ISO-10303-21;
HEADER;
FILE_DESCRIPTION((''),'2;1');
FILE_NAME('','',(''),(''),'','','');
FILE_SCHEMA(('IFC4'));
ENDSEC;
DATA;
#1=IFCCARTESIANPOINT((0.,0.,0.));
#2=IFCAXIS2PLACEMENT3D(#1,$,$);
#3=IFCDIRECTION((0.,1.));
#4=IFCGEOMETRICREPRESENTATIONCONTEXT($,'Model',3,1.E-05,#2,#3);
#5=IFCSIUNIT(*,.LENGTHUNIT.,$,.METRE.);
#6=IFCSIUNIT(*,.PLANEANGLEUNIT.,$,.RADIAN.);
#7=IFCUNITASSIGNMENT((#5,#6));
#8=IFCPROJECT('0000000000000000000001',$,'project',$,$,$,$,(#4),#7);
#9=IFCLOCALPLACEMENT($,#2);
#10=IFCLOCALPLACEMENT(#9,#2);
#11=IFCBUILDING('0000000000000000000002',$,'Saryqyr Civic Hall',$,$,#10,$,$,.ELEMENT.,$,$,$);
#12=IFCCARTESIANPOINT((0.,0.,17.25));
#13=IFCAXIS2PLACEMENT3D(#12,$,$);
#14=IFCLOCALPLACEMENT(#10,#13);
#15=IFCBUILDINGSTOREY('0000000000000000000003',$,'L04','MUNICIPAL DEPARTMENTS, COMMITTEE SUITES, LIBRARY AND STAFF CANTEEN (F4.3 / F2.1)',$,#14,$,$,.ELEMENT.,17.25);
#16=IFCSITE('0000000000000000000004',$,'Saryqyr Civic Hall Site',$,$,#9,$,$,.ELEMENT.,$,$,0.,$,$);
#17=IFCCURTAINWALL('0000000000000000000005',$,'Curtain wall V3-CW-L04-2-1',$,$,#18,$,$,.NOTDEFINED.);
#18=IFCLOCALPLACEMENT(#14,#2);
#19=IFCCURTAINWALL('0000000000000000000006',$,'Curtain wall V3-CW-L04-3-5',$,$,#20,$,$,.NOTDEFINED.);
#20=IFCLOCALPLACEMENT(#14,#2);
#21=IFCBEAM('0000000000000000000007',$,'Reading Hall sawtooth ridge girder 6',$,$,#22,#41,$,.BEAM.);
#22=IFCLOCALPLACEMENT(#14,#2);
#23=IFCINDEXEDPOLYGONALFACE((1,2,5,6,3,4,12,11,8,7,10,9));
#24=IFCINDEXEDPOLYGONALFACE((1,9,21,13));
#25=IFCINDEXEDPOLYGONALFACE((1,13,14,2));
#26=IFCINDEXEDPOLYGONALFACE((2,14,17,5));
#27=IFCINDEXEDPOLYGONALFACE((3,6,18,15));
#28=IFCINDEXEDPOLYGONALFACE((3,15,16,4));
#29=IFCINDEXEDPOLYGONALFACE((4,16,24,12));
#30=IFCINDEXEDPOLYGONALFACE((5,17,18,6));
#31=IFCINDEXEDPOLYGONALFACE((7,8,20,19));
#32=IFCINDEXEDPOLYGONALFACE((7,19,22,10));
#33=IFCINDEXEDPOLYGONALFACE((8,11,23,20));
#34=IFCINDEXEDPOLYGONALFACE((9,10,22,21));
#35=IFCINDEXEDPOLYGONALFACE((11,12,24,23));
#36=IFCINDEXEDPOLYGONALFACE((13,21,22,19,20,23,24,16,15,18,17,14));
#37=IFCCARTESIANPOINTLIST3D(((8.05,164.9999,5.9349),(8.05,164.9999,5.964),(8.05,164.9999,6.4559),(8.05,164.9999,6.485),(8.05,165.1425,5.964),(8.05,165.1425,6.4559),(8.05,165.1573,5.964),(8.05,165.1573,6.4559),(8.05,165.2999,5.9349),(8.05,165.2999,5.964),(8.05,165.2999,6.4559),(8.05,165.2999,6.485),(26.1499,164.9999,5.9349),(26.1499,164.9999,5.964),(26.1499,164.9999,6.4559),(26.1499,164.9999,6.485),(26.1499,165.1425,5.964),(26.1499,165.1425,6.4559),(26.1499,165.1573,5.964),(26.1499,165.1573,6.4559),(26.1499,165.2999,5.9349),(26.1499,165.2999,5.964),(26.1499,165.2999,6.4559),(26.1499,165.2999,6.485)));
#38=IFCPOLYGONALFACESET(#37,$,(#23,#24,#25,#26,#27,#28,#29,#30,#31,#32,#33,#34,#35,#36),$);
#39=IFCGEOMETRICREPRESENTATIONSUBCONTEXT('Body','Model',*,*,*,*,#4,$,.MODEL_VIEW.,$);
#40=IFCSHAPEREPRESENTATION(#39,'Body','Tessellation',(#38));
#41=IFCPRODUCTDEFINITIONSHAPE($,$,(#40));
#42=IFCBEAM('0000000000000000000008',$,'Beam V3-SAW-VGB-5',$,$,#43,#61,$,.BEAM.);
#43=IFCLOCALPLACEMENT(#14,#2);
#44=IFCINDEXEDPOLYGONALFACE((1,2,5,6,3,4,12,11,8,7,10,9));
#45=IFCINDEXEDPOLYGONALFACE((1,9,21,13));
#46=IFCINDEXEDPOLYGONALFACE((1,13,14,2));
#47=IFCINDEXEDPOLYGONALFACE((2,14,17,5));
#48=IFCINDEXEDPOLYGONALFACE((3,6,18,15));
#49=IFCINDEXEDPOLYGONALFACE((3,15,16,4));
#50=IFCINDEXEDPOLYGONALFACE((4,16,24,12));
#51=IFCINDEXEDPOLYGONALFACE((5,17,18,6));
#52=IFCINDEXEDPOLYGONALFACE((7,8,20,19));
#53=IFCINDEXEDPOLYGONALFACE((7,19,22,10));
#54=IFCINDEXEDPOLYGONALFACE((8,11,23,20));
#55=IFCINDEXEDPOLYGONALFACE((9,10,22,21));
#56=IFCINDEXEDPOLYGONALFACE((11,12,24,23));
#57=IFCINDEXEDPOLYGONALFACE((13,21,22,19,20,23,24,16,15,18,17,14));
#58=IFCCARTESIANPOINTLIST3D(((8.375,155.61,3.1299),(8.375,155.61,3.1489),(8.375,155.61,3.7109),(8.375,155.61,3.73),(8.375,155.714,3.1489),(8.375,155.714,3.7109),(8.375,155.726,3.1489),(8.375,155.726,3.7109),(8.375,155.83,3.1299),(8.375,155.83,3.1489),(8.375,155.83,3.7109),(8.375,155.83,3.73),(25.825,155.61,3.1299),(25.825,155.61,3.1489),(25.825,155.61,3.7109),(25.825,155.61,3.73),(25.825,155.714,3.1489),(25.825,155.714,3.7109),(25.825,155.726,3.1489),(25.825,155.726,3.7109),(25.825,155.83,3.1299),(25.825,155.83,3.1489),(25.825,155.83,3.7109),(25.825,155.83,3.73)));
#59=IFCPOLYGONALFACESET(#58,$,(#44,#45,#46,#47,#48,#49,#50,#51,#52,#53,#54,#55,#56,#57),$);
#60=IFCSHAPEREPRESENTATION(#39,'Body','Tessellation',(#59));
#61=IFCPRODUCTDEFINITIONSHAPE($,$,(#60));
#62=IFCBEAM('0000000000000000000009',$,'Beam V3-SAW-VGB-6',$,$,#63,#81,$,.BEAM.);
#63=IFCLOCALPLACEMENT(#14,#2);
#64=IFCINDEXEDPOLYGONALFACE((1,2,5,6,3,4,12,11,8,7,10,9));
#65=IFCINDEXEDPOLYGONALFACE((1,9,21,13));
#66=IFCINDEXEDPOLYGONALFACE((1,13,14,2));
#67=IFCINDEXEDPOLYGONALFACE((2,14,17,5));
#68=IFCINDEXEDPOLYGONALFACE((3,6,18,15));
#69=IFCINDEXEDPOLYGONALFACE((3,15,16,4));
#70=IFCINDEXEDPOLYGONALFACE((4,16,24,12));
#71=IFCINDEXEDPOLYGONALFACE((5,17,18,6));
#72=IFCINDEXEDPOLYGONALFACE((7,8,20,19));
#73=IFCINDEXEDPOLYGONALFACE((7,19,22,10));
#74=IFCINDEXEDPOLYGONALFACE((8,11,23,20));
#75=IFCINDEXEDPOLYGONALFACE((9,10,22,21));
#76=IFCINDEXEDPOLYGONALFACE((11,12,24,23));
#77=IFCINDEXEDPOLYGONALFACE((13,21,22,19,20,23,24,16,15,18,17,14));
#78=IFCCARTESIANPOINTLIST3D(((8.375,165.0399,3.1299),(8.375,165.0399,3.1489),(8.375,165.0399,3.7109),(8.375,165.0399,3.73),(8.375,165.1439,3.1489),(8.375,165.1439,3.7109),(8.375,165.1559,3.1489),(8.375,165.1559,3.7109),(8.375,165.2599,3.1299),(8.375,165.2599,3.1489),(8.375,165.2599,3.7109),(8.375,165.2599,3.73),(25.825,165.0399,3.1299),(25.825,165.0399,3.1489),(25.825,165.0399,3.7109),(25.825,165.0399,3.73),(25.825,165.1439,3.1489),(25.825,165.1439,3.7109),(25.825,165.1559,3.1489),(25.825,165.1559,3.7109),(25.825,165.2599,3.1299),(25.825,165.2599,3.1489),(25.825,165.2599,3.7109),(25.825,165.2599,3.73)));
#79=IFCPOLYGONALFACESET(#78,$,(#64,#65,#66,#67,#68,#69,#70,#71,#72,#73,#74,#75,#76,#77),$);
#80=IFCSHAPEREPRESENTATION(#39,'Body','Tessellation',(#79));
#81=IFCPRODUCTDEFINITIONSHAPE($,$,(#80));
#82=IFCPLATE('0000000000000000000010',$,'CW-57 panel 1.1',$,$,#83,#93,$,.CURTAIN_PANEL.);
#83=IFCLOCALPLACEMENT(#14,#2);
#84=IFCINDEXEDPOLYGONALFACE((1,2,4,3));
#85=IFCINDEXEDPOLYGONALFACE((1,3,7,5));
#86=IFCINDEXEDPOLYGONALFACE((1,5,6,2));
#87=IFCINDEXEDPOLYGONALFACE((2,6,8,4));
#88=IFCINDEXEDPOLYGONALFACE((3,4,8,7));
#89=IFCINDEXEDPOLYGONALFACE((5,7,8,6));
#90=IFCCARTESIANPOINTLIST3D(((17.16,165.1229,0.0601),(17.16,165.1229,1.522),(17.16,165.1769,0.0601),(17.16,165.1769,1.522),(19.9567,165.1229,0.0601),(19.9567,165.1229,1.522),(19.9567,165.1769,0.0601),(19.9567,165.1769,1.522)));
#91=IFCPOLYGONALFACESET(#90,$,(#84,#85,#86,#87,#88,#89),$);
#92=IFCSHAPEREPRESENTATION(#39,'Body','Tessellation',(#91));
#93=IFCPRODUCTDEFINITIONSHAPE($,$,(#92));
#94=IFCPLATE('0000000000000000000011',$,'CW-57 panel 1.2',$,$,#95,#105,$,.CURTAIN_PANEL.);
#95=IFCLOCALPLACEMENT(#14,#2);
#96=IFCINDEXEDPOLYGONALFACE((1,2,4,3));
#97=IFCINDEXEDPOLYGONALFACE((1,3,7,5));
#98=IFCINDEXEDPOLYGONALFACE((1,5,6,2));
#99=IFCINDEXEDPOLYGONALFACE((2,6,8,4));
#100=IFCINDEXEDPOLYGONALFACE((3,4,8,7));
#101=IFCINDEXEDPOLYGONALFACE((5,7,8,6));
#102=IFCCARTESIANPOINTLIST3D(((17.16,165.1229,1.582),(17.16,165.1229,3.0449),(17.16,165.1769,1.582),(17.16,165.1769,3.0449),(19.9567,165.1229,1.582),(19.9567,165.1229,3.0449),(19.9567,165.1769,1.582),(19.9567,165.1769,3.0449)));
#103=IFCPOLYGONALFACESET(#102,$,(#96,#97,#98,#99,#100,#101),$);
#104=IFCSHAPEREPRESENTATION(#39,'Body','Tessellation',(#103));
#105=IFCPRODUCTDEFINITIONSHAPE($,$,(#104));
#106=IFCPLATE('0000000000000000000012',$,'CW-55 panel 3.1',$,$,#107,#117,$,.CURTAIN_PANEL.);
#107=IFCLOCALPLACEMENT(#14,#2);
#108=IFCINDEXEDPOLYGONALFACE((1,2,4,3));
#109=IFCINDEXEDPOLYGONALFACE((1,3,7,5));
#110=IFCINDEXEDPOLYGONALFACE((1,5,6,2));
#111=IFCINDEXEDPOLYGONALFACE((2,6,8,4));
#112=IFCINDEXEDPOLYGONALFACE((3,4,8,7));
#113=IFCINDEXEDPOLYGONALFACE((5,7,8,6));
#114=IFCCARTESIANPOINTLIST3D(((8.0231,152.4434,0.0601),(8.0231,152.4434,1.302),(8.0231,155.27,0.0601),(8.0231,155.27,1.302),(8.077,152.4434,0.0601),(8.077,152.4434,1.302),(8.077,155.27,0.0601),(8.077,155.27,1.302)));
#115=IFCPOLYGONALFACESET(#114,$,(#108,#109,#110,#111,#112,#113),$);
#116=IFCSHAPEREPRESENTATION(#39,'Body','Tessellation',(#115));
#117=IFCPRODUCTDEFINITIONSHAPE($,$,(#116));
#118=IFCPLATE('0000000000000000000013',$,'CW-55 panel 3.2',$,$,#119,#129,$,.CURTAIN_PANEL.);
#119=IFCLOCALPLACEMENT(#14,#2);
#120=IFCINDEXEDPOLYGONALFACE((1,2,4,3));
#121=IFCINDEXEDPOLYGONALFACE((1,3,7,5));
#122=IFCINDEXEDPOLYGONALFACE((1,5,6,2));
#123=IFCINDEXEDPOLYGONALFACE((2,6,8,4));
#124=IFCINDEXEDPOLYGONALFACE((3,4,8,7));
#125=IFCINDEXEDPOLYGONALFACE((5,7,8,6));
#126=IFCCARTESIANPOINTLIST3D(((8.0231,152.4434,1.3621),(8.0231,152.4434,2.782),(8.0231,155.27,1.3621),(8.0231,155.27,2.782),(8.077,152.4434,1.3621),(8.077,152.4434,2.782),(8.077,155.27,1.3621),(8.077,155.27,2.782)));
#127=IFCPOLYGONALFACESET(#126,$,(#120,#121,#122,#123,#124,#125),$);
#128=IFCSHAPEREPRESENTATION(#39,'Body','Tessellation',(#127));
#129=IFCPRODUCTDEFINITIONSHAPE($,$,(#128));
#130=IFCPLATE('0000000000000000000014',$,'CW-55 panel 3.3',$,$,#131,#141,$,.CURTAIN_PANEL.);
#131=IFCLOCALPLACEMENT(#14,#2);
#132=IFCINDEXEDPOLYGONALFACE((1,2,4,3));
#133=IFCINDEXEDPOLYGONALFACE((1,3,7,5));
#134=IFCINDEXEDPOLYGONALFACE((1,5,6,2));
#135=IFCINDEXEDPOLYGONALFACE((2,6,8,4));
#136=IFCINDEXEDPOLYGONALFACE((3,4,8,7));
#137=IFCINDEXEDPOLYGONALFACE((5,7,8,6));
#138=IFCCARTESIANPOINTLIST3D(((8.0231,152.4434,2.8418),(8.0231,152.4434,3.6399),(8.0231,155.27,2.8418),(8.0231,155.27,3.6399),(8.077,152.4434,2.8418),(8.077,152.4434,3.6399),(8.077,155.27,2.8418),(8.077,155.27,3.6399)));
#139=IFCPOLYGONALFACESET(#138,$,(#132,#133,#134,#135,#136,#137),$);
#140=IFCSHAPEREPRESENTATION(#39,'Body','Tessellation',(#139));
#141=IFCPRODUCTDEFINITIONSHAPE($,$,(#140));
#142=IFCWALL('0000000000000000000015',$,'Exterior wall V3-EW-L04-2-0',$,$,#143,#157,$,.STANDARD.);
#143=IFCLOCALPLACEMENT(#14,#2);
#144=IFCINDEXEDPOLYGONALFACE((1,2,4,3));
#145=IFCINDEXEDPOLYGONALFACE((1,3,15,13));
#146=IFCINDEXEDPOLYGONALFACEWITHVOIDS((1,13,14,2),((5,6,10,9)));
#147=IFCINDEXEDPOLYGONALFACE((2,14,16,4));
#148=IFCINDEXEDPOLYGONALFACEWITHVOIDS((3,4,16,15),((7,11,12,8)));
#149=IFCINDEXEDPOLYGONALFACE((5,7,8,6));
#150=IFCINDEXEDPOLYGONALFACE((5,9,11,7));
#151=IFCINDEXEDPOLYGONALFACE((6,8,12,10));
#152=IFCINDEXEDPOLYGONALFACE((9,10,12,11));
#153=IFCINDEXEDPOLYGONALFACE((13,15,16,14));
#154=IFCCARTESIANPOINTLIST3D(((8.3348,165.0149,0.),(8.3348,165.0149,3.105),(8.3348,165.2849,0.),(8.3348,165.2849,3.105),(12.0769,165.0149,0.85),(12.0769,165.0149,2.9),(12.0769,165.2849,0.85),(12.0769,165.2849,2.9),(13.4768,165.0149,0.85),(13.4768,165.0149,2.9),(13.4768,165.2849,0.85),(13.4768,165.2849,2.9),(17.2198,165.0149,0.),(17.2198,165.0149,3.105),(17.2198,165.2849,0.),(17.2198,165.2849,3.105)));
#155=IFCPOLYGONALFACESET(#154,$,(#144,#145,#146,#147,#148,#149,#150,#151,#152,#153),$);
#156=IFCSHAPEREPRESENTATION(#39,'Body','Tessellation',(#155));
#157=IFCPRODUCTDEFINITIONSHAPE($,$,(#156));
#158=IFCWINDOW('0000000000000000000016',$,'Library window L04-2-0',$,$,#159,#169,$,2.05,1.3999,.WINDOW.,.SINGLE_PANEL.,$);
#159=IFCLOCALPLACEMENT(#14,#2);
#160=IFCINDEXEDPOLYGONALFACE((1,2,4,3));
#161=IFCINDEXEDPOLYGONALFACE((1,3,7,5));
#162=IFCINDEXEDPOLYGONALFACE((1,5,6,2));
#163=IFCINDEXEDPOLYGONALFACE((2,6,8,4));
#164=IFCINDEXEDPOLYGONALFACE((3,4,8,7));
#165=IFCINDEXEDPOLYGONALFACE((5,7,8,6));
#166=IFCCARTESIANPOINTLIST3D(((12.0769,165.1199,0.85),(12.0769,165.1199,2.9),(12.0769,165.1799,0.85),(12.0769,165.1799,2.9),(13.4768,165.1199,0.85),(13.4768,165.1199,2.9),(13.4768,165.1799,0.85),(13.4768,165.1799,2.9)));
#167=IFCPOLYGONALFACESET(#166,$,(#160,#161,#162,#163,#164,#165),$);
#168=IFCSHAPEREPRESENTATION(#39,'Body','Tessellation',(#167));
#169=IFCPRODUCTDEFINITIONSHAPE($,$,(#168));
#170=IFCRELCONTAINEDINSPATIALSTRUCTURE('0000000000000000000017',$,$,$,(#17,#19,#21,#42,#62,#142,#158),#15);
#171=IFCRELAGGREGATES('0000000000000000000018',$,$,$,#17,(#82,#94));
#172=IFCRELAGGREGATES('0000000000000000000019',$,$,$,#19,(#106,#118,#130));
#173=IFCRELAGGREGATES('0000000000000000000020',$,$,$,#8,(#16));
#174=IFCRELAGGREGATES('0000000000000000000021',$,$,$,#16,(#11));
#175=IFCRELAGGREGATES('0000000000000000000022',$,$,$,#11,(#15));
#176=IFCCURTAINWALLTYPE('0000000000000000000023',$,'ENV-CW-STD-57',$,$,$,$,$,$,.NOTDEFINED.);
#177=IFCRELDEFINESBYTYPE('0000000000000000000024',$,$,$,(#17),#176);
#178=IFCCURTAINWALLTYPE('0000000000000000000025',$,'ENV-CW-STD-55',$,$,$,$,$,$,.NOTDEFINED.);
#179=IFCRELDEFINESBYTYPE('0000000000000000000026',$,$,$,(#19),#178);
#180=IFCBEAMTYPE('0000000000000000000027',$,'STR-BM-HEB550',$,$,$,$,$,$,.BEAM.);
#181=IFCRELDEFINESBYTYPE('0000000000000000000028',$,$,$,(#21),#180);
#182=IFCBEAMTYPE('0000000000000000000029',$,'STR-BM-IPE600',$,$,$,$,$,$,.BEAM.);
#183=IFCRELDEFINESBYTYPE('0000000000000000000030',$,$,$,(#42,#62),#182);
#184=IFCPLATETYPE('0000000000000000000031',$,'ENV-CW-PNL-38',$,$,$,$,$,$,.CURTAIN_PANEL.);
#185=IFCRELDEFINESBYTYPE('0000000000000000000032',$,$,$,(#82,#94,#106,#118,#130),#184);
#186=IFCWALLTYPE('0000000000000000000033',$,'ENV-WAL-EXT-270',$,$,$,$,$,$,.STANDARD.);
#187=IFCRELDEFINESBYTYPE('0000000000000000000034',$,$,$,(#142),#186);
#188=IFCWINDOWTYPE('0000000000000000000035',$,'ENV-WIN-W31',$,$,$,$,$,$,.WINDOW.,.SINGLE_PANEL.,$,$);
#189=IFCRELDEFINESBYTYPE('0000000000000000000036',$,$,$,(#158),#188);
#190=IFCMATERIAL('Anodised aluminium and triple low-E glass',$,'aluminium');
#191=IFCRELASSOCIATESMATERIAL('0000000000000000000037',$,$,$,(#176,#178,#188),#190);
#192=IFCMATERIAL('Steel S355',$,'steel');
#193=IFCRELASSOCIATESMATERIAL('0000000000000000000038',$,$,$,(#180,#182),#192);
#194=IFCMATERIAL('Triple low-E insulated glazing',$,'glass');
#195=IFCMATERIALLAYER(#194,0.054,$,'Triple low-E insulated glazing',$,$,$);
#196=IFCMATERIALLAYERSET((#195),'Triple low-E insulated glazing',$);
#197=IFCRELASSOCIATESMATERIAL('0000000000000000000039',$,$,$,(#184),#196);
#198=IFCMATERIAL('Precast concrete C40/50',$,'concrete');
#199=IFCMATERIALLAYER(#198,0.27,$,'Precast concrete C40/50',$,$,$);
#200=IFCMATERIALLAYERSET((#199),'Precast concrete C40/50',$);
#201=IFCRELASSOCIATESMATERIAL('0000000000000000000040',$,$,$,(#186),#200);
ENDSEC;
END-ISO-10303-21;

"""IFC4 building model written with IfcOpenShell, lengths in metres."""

from ifc_helpers import new_model, si_unit, direction, frame, frame_2d, origin, origin_2d, place, context, subcontext, project, spatial, rectangle, i_section, extrude, material, layer, layer_set, material_profile, profile_set, type_object, element, fill, aggregate, save


model = new_model("IFC4")

# Units and contexts
model_context = context("Model", 3, precision=1e-05, world=origin(), true_north=direction((0.0, 1.0)))
body_context = subcontext(model_context, "Body", "Model", "MODEL_VIEW")
ifc_project = project(units=[si_unit("LENGTHUNIT", "METRE"), si_unit("PLANEANGLEUNIT", "RADIAN")], contexts=[model_context])

# Site, building, storey
site_placement = place(None, origin())
site = spatial("IfcSite", under=ifc_project, at=site_placement, Name="Saryqyr Civic Hall Site", CompositionType="ELEMENT", RefElevation=0.0)
building_placement = place(site_placement, origin())
building = spatial("IfcBuilding", under=site, at=building_placement, Name="Saryqyr Civic Hall", CompositionType="ELEMENT")
storey_placement = place(building_placement, frame((0.0, 0.0, 17.25)))
storey = spatial("IfcBuildingStorey", under=building, at=storey_placement, Name="L04", Description="MUNICIPAL DEPARTMENTS, COMMITTEE SUITES, LIBRARY AND STAFF CANTEEN (F4.3 / F2.1)", CompositionType="ELEMENT", Elevation=17.25)

# Curtain wall
ifc_material_1 = material(Name="Anodised aluminium and triple low-E glass", Category="aluminium")
curtain_wall_type_1 = type_object("IfcCurtainWallType", Name="ENV-CW-STD-57", PredefinedType="NOTDEFINED", material=ifc_material_1)
curtain_wall_1_placement = place(storey_placement, origin())
curtain_wall_1 = element("IfcCurtainWall", 1, at=curtain_wall_1_placement, inside=storey, type_object=curtain_wall_type_1, Name="Curtain wall V3-CW-L04-2-1", PredefinedType="NOTDEFINED")

# Curtain wall
curtain_wall_type_2 = type_object("IfcCurtainWallType", Name="ENV-CW-STD-55", PredefinedType="NOTDEFINED", material=ifc_material_1)
curtain_wall_2_placement = place(storey_placement, origin())
curtain_wall_2 = element("IfcCurtainWall", 2, at=curtain_wall_2_placement, inside=storey, type_object=curtain_wall_type_2, Name="Curtain wall V3-CW-L04-3-5", PredefinedType="NOTDEFINED")

# Beams
ifc_material_2 = material(Name="Steel S355", Category="steel")
ifc_material_profile_1 = material_profile(ifc_material_2, i_section(OverallWidth=0.3, OverallDepth=0.55, WebThickness=0.0149, FlangeThickness=0.0291, at=origin_2d()), Name="HEB 550")
ifc_profile_set_1 = profile_set([ifc_material_profile_1], Name="Steel S355")
beam_type_1 = type_object("IfcBeamType", Name="STR-BM-HEB550", PredefinedType="BEAM", material=ifc_profile_set_1)
for number, where, z_axis, x_axis, name in (
    (3, (8.05, 165.1499, 6.21), (1.0, 0.0, 0.0), (0.0, 1.0, 0.0), "Reading Hall sawtooth ridge girder 6"),
):
    element("IfcBeam", number, at=place(storey_placement, frame(where, z_axis=z_axis, x_axis=x_axis)), inside=storey, type_object=beam_type_1, Name=name, PredefinedType="BEAM", context=body_context, shape_type="SweptSolid", body=[
        extrude(i_section(OverallWidth=0.3, OverallDepth=0.55, WebThickness=0.0149, FlangeThickness=0.0291, at=origin_2d()), origin(), (0.0, 0.0, 1.0), 18.0999),
    ])
ifc_material_profile_2 = material_profile(ifc_material_2, i_section(OverallWidth=0.22, OverallDepth=0.6001, WebThickness=0.012, FlangeThickness=0.019, at=origin_2d()), Name="IPE 600")
ifc_profile_set_2 = profile_set([ifc_material_profile_2], Name="Steel S355")
beam_type_2 = type_object("IfcBeamType", Name="STR-BM-IPE600", PredefinedType="BEAM", material=ifc_profile_set_2)
for number, where, z_axis, x_axis, name in (
    (4, (8.375, 155.72, 3.4299), (1.0, 0.0, 0.0), (0.0, 1.0, 0.0), "Beam V3-SAW-VGB-5"),
    (5, (8.375, 165.1499, 3.4299), (1.0, 0.0, 0.0), (0.0, 1.0, 0.0), "Beam V3-SAW-VGB-6"),
):
    element("IfcBeam", number, at=place(storey_placement, frame(where, z_axis=z_axis, x_axis=x_axis)), inside=storey, type_object=beam_type_2, Name=name, PredefinedType="BEAM", context=body_context, shape_type="SweptSolid", body=[
        extrude(i_section(OverallWidth=0.22, OverallDepth=0.6001, WebThickness=0.012, FlangeThickness=0.019, at=origin_2d()), origin(), (0.0, 0.0, 1.0), 17.45),
    ])

# Plates
ifc_material_3 = material(Name="Triple low-E insulated glazing", Category="glass")
ifc_layer_1 = layer(ifc_material_3, 0.054, Name="Triple low-E insulated glazing")
ifc_layer_set_1 = layer_set([ifc_layer_1], Name="Triple low-E insulated glazing")
plate_type = type_object("IfcPlateType", Name="ENV-CW-PNL-38", PredefinedType="CURTAIN_PANEL", material=ifc_layer_set_1)
plate_1_placement = place(storey_placement, frame((18.5583, 165.1499, 0.0601), z_axis=(0.0, 0.0, 1.0), x_axis=(1.0, 0.0, 0.0)))
plate_1 = element("IfcPlate", 6, at=plate_1_placement, type_object=plate_type, Name="CW-57 panel 1.1", PredefinedType="CURTAIN_PANEL", context=body_context, shape_type="SweptSolid", body=[
    extrude(rectangle(XDim=2.7966, YDim=0.054, at=origin_2d()), origin(), (0.0, 0.0, 1.0), 1.4619),
])
plate_2_placement = place(storey_placement, frame((18.5583, 165.1499, 1.582), z_axis=(0.0, 0.0, 1.0), x_axis=(1.0, 0.0, 0.0)))
plate_2 = element("IfcPlate", 7, at=plate_2_placement, type_object=plate_type, Name="CW-57 panel 1.2", PredefinedType="CURTAIN_PANEL", context=body_context, shape_type="SweptSolid", body=[
    extrude(rectangle(XDim=2.7966, YDim=0.054, at=origin_2d()), origin(), (0.0, 0.0, 1.0), 1.4629),
])
aggregate(curtain_wall_1, [plate_1, plate_2])
plate_3_placement = place(storey_placement, frame((8.05, 153.8567, 0.0601), z_axis=(0.0, 0.0, 1.0), x_axis=(0.0, 1.0, 0.0)))
plate_3 = element("IfcPlate", 8, at=plate_3_placement, type_object=plate_type, Name="CW-55 panel 3.1", PredefinedType="CURTAIN_PANEL", context=body_context, shape_type="SweptSolid", body=[
    extrude(rectangle(XDim=2.8267, YDim=0.054, at=origin_2d()), origin(), (0.0, 0.0, 1.0), 1.2419),
])
plate_4_placement = place(storey_placement, frame((8.05, 153.8567, 1.3621), z_axis=(0.0, 0.0, 1.0), x_axis=(0.0, 1.0, 0.0)))
plate_4 = element("IfcPlate", 9, at=plate_4_placement, type_object=plate_type, Name="CW-55 panel 3.2", PredefinedType="CURTAIN_PANEL", context=body_context, shape_type="SweptSolid", body=[
    extrude(rectangle(XDim=2.8267, YDim=0.054, at=origin_2d()), origin(), (0.0, 0.0, 1.0), 1.4199),
])
plate_5_placement = place(storey_placement, frame((8.05, 153.8567, 2.8418), z_axis=(0.0, 0.0, 1.0), x_axis=(0.0, 1.0, 0.0)))
plate_5 = element("IfcPlate", 10, at=plate_5_placement, type_object=plate_type, Name="CW-55 panel 3.3", PredefinedType="CURTAIN_PANEL", context=body_context, shape_type="SweptSolid", body=[
    extrude(rectangle(XDim=2.8267, YDim=0.054, at=origin_2d()), origin(), (0.0, 0.0, 1.0), 0.7981),
])
aggregate(curtain_wall_2, [plate_3, plate_4, plate_5])

# Wall, opening, window
ifc_material_4 = material(Name="Precast concrete C40/50", Category="concrete")
ifc_layer_2 = layer(ifc_material_4, 0.27, Name="Precast concrete C40/50")
ifc_layer_set_2 = layer_set([ifc_layer_2], Name="Precast concrete C40/50")
wall_type_1 = type_object("IfcWallType", Name="ENV-WAL-EXT-270", PredefinedType="STANDARD", material=ifc_layer_set_2)
wall_1_placement = place(storey_placement, frame((8.335, 165.1499, 0.0), z_axis=(0.0, 0.0, 1.0), x_axis=(1.0, 0.0, 0.0)))
wall_1 = element("IfcWall", 11, at=wall_1_placement, inside=storey, type_object=wall_type_1, Name="Exterior wall V3-EW-L04-2-0", PredefinedType="STANDARD", context=body_context, shape_type="SweptSolid", body=[
    extrude(rectangle(XDim=8.885, YDim=0.27, at=frame_2d((4.4424, 0.0))), origin(), (0.0, 0.0, 1.0), 3.105),
])
opening_1_placement = place(wall_1_placement, frame((3.7419, 0.0, 0.8501)))
opening_1 = element("IfcOpeningElement", 12, at=opening_1_placement, cuts=wall_1, PredefinedType="OPENING", context=body_context, shape_type="SweptSolid", body=[
    extrude(rectangle(XDim=1.3999, YDim=2.05, at=frame_2d((0.7, 1.0249))), frame((0.0, 0.145, 0.0), z_axis=(0.0, -1.0, 0.0), x_axis=(1.0, 0.0, 0.0)), (0.0, 0.0, 1.0), 0.29),
])
window_type_1 = type_object("IfcWindowType", Name="ENV-WIN-W31", PartitioningType="SINGLE_PANEL", PredefinedType="WINDOW", material=ifc_material_1)
window_1_placement = place(opening_1_placement, origin())
window_1 = element("IfcWindow", 13, at=window_1_placement, inside=storey, type_object=window_type_1, Name="Library window L04-2-0", OverallHeight=2.05, OverallWidth=1.3999, PartitioningType="SINGLE_PANEL", PredefinedType="WINDOW", context=body_context, shape_type="SweptSolid", body=[
    extrude(rectangle(XDim=1.3999, YDim=2.05, at=frame_2d((0.7, 1.0249))), frame((0.0, 0.03, 0.0), z_axis=(0.0, -1.0, 0.0), x_axis=(1.0, 0.0, 0.0)), (0.0, 0.0, 1.0), 0.0601),
])
fill(opening_1, window_1)

save(model, "model.ifc")
